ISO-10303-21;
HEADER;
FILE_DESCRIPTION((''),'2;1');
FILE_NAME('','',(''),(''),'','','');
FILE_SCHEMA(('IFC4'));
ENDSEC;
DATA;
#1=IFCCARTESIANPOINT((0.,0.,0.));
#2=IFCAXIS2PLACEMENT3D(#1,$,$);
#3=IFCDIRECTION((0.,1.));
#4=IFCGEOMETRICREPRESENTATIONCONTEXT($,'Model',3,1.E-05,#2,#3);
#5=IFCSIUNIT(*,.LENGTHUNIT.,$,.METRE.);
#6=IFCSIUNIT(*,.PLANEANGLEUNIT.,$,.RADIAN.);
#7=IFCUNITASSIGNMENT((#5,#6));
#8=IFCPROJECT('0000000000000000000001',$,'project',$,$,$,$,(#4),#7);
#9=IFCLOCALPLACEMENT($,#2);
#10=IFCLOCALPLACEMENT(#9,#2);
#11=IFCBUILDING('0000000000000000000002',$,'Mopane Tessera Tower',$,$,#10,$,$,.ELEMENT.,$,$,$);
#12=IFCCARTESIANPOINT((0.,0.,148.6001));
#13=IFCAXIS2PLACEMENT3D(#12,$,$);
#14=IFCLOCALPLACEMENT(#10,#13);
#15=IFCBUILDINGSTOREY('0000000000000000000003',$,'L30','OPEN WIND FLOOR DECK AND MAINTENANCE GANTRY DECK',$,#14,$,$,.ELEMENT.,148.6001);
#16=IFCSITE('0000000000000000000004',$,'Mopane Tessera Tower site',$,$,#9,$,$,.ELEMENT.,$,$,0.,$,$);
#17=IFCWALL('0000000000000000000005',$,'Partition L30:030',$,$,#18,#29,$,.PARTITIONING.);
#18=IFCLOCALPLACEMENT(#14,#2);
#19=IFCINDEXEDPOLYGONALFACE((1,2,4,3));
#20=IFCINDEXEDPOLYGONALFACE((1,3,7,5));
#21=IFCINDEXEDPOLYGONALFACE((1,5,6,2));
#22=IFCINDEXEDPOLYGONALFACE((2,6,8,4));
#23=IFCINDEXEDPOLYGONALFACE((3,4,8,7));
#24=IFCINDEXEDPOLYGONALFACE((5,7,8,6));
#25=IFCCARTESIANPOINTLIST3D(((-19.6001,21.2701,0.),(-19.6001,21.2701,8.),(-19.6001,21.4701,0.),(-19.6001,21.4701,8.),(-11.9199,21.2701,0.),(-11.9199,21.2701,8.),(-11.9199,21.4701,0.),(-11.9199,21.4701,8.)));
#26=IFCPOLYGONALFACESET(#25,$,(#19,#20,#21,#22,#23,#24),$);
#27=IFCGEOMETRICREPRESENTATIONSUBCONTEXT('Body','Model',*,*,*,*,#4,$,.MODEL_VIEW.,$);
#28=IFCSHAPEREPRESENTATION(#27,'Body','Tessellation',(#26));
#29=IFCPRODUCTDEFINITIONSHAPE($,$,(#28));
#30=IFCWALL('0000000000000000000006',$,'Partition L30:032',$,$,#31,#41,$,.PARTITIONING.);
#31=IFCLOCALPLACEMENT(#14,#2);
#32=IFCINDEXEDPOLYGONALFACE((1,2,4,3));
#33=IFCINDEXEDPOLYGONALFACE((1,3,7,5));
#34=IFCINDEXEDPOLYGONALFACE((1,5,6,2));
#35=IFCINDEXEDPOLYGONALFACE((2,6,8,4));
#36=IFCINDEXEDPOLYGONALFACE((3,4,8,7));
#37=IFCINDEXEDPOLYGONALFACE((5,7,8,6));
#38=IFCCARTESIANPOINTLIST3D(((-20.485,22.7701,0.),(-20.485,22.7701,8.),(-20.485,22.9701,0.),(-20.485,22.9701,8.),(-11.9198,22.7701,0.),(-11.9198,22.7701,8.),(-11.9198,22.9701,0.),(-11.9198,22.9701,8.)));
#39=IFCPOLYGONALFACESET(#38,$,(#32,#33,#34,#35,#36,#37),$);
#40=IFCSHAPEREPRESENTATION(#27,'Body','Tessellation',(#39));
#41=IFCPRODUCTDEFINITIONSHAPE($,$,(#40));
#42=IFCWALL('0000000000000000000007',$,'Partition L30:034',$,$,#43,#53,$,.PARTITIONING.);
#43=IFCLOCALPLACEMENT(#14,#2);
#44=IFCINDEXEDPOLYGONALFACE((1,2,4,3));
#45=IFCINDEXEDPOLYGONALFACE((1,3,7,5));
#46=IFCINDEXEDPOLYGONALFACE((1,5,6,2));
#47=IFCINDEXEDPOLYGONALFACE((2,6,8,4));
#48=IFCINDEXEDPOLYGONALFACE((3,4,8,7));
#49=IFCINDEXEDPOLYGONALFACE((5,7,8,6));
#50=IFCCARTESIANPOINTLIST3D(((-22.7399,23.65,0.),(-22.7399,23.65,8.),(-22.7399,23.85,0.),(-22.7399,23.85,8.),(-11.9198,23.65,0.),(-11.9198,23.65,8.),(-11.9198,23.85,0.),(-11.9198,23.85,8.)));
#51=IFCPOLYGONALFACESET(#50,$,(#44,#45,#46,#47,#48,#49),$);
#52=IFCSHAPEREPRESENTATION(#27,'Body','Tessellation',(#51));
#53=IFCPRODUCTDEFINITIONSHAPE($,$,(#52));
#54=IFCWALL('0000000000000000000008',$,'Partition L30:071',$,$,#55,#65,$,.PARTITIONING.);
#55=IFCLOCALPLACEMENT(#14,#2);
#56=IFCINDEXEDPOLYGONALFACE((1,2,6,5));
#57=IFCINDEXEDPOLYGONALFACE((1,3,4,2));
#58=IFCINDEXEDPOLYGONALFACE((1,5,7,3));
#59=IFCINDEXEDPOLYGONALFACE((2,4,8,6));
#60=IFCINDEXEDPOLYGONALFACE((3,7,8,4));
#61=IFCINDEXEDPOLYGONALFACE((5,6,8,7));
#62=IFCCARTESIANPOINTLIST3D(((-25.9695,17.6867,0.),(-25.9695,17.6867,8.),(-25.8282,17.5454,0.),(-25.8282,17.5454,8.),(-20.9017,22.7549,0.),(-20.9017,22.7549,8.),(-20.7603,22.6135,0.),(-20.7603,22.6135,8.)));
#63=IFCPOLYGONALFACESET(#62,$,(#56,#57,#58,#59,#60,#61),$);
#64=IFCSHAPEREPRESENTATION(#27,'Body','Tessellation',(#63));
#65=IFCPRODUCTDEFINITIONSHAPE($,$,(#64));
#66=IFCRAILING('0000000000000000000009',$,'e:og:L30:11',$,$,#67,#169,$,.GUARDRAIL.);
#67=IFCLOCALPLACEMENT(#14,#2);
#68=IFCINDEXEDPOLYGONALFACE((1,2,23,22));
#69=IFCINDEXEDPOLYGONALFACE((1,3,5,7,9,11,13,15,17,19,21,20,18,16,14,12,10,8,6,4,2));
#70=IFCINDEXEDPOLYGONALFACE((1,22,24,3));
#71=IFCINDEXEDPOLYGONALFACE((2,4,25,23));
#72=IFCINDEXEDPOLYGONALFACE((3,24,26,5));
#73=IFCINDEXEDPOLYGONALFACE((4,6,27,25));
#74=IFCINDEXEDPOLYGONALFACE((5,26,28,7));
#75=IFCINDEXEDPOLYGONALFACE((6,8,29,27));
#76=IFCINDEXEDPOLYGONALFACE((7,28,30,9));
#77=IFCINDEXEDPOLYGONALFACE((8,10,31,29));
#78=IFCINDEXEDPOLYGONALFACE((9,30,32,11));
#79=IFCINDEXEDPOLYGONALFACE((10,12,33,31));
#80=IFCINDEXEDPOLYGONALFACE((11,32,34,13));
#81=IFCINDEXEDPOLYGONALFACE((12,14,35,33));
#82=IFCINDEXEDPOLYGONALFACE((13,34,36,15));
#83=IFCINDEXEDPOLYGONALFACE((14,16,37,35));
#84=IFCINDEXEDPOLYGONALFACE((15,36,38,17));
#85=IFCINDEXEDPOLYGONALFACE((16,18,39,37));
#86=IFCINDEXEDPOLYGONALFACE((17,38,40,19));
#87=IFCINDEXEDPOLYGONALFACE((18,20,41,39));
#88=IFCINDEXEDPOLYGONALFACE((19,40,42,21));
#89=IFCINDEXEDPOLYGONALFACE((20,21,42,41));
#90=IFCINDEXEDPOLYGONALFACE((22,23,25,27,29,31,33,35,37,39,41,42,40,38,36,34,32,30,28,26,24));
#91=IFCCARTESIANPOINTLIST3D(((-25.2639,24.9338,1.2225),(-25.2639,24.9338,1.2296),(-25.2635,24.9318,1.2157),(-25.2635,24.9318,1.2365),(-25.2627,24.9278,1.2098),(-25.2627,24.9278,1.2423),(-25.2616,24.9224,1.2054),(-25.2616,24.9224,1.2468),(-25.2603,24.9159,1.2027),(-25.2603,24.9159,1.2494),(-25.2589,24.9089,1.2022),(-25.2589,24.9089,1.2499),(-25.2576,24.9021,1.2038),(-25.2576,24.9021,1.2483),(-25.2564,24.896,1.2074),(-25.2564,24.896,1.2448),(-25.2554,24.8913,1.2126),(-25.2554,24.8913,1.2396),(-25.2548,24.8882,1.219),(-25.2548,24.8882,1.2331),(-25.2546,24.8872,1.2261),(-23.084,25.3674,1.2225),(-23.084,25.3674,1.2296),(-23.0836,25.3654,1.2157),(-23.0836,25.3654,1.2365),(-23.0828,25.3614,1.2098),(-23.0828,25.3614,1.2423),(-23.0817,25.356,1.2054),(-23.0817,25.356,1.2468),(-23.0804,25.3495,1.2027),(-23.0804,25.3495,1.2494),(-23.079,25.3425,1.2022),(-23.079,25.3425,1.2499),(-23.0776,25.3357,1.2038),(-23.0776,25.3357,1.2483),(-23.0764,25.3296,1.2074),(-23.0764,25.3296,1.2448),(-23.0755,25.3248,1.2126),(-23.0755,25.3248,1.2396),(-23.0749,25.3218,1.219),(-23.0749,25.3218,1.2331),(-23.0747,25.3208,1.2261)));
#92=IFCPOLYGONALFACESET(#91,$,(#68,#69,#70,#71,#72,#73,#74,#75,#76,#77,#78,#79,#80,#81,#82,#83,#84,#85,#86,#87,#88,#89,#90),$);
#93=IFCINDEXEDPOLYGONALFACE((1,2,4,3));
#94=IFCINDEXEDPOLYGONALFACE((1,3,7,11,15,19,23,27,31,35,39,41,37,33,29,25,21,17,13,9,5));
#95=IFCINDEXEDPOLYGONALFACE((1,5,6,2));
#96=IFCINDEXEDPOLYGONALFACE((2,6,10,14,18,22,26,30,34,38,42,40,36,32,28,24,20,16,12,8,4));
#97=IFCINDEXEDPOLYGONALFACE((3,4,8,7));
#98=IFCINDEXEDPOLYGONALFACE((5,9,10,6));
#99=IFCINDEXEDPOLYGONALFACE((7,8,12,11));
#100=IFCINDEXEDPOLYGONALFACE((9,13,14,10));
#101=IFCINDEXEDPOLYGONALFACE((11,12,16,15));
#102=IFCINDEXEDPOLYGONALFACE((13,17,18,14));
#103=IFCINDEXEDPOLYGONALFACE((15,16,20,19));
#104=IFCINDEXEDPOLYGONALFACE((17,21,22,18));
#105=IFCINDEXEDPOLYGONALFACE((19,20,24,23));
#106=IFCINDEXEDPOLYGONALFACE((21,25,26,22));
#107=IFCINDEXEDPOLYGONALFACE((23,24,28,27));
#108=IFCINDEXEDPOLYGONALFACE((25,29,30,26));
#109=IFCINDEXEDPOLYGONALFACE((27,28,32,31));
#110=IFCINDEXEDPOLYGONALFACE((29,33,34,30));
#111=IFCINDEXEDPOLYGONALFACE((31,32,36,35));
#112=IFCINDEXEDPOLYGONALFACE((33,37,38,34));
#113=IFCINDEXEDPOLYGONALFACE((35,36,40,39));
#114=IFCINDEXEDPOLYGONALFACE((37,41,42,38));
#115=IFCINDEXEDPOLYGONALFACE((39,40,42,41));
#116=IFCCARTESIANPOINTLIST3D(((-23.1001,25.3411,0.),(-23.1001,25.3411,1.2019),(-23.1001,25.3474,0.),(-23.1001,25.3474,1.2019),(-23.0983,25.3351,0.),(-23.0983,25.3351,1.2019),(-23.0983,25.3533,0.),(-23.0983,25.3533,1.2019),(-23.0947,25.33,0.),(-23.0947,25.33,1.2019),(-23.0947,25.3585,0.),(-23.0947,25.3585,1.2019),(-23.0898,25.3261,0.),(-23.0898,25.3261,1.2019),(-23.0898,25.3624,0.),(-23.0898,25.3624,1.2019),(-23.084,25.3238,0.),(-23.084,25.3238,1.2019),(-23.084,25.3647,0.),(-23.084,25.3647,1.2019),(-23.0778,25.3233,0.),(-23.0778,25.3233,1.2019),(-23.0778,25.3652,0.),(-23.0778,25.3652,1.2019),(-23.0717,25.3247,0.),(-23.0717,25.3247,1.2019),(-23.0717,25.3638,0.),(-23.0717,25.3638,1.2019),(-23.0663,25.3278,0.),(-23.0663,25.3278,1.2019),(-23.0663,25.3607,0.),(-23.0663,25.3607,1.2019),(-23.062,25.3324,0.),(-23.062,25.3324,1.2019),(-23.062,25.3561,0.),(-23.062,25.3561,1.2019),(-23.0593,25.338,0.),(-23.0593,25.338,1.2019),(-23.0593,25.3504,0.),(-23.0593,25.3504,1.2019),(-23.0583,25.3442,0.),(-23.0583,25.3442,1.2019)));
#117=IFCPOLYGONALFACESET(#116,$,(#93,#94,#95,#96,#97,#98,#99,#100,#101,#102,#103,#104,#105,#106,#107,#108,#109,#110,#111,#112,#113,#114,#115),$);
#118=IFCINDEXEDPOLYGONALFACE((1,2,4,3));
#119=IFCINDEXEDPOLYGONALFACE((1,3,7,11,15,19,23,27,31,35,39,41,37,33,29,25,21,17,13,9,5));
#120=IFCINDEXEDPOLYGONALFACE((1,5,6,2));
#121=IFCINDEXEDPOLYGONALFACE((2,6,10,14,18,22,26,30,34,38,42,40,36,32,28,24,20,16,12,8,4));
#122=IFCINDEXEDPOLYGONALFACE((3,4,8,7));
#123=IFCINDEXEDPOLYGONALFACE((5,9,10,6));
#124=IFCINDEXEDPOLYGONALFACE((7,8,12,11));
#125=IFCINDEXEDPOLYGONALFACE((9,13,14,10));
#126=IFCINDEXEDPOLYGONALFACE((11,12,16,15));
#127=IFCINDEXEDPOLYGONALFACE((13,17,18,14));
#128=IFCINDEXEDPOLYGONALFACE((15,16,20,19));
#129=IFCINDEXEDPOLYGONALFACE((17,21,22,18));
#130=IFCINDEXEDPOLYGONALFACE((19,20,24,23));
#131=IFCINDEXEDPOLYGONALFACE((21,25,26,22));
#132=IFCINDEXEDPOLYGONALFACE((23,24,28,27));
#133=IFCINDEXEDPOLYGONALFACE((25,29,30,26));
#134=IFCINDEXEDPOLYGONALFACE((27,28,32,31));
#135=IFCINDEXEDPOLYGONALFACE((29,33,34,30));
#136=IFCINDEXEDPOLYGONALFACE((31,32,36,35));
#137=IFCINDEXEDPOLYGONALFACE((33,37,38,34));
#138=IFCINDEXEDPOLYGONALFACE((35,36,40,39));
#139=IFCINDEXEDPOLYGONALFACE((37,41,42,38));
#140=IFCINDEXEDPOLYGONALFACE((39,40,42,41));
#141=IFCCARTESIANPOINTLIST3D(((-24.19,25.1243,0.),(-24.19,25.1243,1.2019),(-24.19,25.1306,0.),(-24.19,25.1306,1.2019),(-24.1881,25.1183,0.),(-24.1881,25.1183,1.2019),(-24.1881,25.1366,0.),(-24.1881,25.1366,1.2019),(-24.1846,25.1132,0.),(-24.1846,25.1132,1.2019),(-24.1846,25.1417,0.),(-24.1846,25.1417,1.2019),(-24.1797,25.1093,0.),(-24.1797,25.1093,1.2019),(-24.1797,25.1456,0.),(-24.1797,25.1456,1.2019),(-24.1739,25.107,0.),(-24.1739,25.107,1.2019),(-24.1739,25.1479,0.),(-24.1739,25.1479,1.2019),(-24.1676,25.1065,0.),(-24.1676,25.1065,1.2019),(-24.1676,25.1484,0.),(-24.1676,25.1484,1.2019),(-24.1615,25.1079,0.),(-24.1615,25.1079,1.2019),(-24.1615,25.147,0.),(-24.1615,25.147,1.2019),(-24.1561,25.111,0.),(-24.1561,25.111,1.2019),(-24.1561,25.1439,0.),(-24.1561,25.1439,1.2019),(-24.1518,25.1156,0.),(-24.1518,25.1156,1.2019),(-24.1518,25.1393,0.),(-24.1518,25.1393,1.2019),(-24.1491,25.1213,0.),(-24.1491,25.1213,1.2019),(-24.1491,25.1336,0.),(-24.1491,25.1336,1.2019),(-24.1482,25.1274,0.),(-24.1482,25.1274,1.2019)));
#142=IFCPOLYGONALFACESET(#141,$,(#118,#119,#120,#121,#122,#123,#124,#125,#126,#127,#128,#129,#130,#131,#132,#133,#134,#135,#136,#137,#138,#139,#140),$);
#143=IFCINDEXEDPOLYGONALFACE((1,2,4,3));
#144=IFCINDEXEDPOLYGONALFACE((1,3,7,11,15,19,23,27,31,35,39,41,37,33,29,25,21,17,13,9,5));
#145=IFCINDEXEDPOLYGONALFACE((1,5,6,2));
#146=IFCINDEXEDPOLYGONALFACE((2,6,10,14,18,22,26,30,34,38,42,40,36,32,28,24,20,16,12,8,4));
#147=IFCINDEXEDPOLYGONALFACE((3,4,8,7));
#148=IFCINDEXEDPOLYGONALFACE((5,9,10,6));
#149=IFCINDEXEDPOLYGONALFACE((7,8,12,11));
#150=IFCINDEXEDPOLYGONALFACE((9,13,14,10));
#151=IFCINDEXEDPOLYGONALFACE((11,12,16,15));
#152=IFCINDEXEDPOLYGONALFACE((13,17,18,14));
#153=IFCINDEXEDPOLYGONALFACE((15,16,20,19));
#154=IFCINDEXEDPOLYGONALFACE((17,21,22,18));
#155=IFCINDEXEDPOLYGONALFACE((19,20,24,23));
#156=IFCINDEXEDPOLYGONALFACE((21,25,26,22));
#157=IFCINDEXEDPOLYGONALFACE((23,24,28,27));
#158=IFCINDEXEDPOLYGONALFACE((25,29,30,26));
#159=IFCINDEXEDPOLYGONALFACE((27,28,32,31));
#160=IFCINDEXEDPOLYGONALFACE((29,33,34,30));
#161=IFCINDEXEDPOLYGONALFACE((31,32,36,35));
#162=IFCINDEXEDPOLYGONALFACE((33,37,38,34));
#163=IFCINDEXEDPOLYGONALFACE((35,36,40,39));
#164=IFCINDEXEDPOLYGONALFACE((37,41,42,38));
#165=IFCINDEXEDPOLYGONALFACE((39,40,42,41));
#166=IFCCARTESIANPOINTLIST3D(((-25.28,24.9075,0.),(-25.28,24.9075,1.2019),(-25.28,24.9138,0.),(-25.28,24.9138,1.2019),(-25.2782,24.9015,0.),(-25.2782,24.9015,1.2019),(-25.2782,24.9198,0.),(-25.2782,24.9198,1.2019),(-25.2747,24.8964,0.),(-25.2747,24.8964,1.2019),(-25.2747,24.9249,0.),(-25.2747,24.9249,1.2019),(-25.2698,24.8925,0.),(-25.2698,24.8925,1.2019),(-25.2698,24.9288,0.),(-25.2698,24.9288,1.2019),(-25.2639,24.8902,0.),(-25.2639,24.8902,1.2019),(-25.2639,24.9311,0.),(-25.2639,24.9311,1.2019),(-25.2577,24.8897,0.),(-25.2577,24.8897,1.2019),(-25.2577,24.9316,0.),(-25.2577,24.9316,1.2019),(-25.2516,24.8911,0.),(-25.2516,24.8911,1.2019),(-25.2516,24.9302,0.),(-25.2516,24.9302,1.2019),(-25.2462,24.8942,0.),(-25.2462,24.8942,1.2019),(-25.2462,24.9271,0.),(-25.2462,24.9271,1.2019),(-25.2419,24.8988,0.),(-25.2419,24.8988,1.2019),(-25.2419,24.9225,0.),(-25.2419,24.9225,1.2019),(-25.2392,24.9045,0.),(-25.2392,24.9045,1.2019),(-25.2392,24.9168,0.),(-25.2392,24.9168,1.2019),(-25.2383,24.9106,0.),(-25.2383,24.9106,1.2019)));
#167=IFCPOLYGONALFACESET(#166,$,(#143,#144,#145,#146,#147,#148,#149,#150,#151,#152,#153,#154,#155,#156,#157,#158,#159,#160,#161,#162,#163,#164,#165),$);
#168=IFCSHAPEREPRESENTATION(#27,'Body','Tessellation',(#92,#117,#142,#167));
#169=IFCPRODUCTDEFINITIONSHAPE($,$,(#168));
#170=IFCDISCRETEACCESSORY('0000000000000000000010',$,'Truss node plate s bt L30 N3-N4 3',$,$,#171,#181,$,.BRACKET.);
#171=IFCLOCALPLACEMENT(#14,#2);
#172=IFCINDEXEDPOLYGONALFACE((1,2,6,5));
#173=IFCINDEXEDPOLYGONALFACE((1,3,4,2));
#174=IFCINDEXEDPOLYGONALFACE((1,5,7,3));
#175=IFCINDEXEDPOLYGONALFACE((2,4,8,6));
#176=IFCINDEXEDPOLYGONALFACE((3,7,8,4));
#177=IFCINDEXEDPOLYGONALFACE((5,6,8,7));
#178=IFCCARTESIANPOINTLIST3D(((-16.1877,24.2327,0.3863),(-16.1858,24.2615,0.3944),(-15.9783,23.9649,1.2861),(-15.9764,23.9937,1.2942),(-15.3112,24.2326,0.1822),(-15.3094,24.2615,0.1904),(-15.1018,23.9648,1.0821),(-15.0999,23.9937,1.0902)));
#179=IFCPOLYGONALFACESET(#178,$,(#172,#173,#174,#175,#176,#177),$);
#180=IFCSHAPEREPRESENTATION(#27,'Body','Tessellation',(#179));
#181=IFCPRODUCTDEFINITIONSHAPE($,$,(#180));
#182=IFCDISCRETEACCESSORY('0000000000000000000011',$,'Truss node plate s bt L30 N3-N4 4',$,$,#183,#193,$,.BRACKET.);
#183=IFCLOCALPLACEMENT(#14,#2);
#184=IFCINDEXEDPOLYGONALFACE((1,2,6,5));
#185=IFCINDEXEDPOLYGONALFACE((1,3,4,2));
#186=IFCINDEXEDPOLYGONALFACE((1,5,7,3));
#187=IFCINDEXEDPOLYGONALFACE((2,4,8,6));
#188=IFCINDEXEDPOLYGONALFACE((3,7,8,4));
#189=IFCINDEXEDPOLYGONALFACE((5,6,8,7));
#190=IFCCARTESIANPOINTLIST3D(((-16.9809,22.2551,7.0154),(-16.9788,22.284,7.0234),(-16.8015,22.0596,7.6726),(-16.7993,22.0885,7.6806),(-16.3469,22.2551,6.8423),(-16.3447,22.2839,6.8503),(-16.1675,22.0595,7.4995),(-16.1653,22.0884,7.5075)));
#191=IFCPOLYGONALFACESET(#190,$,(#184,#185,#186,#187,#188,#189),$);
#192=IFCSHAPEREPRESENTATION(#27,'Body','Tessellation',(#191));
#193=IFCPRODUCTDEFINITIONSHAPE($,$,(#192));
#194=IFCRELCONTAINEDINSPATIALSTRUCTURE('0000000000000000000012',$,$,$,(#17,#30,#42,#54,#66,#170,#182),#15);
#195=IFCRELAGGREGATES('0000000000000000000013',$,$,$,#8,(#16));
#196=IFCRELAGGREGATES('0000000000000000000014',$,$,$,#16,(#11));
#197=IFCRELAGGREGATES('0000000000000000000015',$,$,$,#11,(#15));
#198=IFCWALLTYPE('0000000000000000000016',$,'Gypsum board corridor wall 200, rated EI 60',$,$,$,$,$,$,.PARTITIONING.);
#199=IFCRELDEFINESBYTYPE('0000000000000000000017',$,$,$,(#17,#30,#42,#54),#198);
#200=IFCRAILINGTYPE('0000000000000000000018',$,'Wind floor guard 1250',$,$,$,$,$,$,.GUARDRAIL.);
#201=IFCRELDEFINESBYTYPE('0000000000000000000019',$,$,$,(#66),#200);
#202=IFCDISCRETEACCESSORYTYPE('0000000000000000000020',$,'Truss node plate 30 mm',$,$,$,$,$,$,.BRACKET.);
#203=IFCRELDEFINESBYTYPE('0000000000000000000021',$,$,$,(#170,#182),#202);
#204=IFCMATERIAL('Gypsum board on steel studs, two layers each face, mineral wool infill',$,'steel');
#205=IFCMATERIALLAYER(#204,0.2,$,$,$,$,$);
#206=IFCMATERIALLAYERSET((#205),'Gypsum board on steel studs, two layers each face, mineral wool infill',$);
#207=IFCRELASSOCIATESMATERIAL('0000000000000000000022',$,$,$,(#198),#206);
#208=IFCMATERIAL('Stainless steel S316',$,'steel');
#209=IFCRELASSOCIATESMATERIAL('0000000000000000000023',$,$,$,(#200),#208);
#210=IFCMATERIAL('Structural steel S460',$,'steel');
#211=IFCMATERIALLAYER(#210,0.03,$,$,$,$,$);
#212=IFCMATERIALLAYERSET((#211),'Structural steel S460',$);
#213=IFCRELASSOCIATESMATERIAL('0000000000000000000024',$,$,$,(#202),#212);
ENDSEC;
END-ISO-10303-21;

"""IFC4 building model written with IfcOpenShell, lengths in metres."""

from ifc_helpers import new_model, si_unit, direction, frame, frame_2d, origin, origin_2d, place, context, subcontext, project, spatial, rectangle, circle, extrude, material, layer, layer_set, type_object, element, save


model = new_model("IFC4")

# Units and contexts
model_context = context("Model", 3, precision=1e-05, world=origin(), true_north=direction((0.0, 1.0)))
body_context = subcontext(model_context, "Body", "Model", "MODEL_VIEW")
ifc_project = project(units=[si_unit("LENGTHUNIT", "METRE"), si_unit("PLANEANGLEUNIT", "RADIAN")], contexts=[model_context])

# Site, building, storey
site_placement = place(None, origin())
site = spatial("IfcSite", under=ifc_project, at=site_placement, Name="Mopane Tessera Tower site", CompositionType="ELEMENT", RefElevation=0.0)
building_placement = place(site_placement, origin())
building = spatial("IfcBuilding", under=site, at=building_placement, Name="Mopane Tessera Tower", CompositionType="ELEMENT")
storey_placement = place(building_placement, frame((0.0, 0.0, 148.6001)))
storey = spatial("IfcBuildingStorey", under=building, at=storey_placement, Name="L30", Description="OPEN WIND FLOOR DECK AND MAINTENANCE GANTRY DECK", CompositionType="ELEMENT", Elevation=148.6001)

# Walls
ifc_material_1 = material(Name="Gypsum board on steel studs, two layers each face, mineral wool infill", Category="steel")
ifc_layer_1 = layer(ifc_material_1, 0.2)
ifc_layer_set_1 = layer_set([ifc_layer_1], Name="Gypsum board on steel studs, two layers each face, mineral wool infill")
wall_type = type_object("IfcWallType", Name="Gypsum board corridor wall 200, rated EI 60", PredefinedType="PARTITIONING", material=ifc_layer_set_1)
wall_1_placement = place(storey_placement, frame((-19.6001, 21.3701, 0.0), z_axis=(0.0, 0.0, 1.0), x_axis=(1.0, 0.0, 0.0)))
element("IfcWall", 1, at=wall_1_placement, inside=storey, type_object=wall_type, Name="Partition L30:030", PredefinedType="PARTITIONING", context=body_context, shape_type="SweptSolid", body=[
    extrude(rectangle(XDim=7.6802, YDim=0.2, at=frame_2d((3.8401, 0.0))), origin(), (0.0, 0.0, 1.0), 8.0),
])
wall_2_placement = place(storey_placement, frame((-20.4851, 22.8701, 0.0), z_axis=(0.0, 0.0, 1.0), x_axis=(1.0, 0.0, 0.0)))
element("IfcWall", 2, at=wall_2_placement, inside=storey, type_object=wall_type, Name="Partition L30:032", PredefinedType="PARTITIONING", context=body_context, shape_type="SweptSolid", body=[
    extrude(rectangle(XDim=8.5652, YDim=0.2, at=frame_2d((4.2827, 0.0))), origin(), (0.0, 0.0, 1.0), 8.0),
])
wall_3_placement = place(storey_placement, frame((-22.74, 23.75, 0.0), z_axis=(0.0, 0.0, 1.0), x_axis=(1.0, 0.0, 0.0)))
element("IfcWall", 3, at=wall_3_placement, inside=storey, type_object=wall_type, Name="Partition L30:034", PredefinedType="PARTITIONING", context=body_context, shape_type="SweptSolid", body=[
    extrude(rectangle(XDim=10.8201, YDim=0.2, at=frame_2d((5.4102, 0.0))), origin(), (0.0, 0.0, 1.0), 8.0),
])
wall_4_placement = place(storey_placement, frame((-20.8311, 22.6841, 0.0), z_axis=(0.0, 0.0, 1.0), x_axis=(-0.70709, -0.707124, 0.0)))
element("IfcWall", 4, at=wall_4_placement, inside=storey, type_object=wall_type, Name="Partition L30:071", PredefinedType="PARTITIONING", context=body_context, shape_type="SweptSolid", body=[
    extrude(rectangle(XDim=7.1672, YDim=0.2, at=frame_2d((3.5835, 0.0))), origin(), (0.0, 0.0, 1.0), 8.0),
])

# Railing
ifc_material_2 = material(Name="Stainless steel S316", Category="steel")
railing_type = type_object("IfcRailingType", Name="Wind floor guard 1250", PredefinedType="GUARDRAIL", material=ifc_material_2)
railing_placement = place(storey_placement, frame((-23.0793, 25.3442, 0.0)))
element("IfcRailing", 5, at=railing_placement, inside=storey, type_object=railing_type, Name="e:og:L30:11", PredefinedType="GUARDRAIL", context=body_context, shape_type="SweptSolid", body=[
    extrude(circle(Radius=0.0239, at=origin_2d()), frame((0.0, 0.0, 1.2261), z_axis=(-0.980787, -0.195081, 0.0), x_axis=(0.195081, -0.980787, 0.0)), (0.0, 0.0, 1.0), 2.2227),
    extrude(circle(Radius=0.021, at=origin_2d()), origin(), (0.0, 0.0, 1.0), 1.2019),
    extrude(circle(Radius=0.021, at=origin_2d()), frame((-1.0898, -0.2168, 0.0)), (0.0, 0.0, 1.0), 1.2019),
    extrude(circle(Radius=0.021, at=origin_2d()), frame((-2.1799, -0.4336, 0.0)), (0.0, 0.0, 1.0), 1.2019),
])

# Discrete accessories
ifc_material_3 = material(Name="Structural steel S460", Category="steel")
ifc_layer_2 = layer(ifc_material_3, 0.03)
ifc_layer_set_2 = layer_set([ifc_layer_2], Name="Structural steel S460")
discrete_accessory_type = type_object("IfcDiscreteAccessoryType", Name="Truss node plate 30 mm", PredefinedType="BRACKET", material=ifc_layer_set_2)
discrete_accessory_1_placement = place(storey_placement, frame((-15.7485, 24.2471, 0.2883), z_axis=(0.217748, -0.278403, 0.935456), x_axis=(-0.063147, -0.960464, -0.271147)))
element("IfcDiscreteAccessory", 6, at=discrete_accessory_1_placement, inside=storey, type_object=discrete_accessory_type, Name="Truss node plate s bt L30 N3-N4 3", PredefinedType="BRACKET", context=body_context, shape_type="SweptSolid", body=[
    extrude(rectangle(XDim=0.03, YDim=0.8999, at=origin_2d()), origin(), (0.0, 0.0, 1.0), 0.9619),
])
discrete_accessory_2_placement = place(storey_placement, frame((-16.6628, 22.2695, 6.9329), z_axis=(0.253167, -0.2759, 0.927246), x_axis=(-0.072773, -0.961186, -0.26613)))
element("IfcDiscreteAccessory", 7, at=discrete_accessory_2_placement, inside=storey, type_object=discrete_accessory_type, Name="Truss node plate s bt L30 N3-N4 4", PredefinedType="BRACKET", context=body_context, shape_type="SweptSolid", body=[
    extrude(rectangle(XDim=0.03, YDim=0.6572, at=origin_2d()), origin(), (0.0, 0.0, 1.0), 0.7087),
])

save(model, "model.ifc")
